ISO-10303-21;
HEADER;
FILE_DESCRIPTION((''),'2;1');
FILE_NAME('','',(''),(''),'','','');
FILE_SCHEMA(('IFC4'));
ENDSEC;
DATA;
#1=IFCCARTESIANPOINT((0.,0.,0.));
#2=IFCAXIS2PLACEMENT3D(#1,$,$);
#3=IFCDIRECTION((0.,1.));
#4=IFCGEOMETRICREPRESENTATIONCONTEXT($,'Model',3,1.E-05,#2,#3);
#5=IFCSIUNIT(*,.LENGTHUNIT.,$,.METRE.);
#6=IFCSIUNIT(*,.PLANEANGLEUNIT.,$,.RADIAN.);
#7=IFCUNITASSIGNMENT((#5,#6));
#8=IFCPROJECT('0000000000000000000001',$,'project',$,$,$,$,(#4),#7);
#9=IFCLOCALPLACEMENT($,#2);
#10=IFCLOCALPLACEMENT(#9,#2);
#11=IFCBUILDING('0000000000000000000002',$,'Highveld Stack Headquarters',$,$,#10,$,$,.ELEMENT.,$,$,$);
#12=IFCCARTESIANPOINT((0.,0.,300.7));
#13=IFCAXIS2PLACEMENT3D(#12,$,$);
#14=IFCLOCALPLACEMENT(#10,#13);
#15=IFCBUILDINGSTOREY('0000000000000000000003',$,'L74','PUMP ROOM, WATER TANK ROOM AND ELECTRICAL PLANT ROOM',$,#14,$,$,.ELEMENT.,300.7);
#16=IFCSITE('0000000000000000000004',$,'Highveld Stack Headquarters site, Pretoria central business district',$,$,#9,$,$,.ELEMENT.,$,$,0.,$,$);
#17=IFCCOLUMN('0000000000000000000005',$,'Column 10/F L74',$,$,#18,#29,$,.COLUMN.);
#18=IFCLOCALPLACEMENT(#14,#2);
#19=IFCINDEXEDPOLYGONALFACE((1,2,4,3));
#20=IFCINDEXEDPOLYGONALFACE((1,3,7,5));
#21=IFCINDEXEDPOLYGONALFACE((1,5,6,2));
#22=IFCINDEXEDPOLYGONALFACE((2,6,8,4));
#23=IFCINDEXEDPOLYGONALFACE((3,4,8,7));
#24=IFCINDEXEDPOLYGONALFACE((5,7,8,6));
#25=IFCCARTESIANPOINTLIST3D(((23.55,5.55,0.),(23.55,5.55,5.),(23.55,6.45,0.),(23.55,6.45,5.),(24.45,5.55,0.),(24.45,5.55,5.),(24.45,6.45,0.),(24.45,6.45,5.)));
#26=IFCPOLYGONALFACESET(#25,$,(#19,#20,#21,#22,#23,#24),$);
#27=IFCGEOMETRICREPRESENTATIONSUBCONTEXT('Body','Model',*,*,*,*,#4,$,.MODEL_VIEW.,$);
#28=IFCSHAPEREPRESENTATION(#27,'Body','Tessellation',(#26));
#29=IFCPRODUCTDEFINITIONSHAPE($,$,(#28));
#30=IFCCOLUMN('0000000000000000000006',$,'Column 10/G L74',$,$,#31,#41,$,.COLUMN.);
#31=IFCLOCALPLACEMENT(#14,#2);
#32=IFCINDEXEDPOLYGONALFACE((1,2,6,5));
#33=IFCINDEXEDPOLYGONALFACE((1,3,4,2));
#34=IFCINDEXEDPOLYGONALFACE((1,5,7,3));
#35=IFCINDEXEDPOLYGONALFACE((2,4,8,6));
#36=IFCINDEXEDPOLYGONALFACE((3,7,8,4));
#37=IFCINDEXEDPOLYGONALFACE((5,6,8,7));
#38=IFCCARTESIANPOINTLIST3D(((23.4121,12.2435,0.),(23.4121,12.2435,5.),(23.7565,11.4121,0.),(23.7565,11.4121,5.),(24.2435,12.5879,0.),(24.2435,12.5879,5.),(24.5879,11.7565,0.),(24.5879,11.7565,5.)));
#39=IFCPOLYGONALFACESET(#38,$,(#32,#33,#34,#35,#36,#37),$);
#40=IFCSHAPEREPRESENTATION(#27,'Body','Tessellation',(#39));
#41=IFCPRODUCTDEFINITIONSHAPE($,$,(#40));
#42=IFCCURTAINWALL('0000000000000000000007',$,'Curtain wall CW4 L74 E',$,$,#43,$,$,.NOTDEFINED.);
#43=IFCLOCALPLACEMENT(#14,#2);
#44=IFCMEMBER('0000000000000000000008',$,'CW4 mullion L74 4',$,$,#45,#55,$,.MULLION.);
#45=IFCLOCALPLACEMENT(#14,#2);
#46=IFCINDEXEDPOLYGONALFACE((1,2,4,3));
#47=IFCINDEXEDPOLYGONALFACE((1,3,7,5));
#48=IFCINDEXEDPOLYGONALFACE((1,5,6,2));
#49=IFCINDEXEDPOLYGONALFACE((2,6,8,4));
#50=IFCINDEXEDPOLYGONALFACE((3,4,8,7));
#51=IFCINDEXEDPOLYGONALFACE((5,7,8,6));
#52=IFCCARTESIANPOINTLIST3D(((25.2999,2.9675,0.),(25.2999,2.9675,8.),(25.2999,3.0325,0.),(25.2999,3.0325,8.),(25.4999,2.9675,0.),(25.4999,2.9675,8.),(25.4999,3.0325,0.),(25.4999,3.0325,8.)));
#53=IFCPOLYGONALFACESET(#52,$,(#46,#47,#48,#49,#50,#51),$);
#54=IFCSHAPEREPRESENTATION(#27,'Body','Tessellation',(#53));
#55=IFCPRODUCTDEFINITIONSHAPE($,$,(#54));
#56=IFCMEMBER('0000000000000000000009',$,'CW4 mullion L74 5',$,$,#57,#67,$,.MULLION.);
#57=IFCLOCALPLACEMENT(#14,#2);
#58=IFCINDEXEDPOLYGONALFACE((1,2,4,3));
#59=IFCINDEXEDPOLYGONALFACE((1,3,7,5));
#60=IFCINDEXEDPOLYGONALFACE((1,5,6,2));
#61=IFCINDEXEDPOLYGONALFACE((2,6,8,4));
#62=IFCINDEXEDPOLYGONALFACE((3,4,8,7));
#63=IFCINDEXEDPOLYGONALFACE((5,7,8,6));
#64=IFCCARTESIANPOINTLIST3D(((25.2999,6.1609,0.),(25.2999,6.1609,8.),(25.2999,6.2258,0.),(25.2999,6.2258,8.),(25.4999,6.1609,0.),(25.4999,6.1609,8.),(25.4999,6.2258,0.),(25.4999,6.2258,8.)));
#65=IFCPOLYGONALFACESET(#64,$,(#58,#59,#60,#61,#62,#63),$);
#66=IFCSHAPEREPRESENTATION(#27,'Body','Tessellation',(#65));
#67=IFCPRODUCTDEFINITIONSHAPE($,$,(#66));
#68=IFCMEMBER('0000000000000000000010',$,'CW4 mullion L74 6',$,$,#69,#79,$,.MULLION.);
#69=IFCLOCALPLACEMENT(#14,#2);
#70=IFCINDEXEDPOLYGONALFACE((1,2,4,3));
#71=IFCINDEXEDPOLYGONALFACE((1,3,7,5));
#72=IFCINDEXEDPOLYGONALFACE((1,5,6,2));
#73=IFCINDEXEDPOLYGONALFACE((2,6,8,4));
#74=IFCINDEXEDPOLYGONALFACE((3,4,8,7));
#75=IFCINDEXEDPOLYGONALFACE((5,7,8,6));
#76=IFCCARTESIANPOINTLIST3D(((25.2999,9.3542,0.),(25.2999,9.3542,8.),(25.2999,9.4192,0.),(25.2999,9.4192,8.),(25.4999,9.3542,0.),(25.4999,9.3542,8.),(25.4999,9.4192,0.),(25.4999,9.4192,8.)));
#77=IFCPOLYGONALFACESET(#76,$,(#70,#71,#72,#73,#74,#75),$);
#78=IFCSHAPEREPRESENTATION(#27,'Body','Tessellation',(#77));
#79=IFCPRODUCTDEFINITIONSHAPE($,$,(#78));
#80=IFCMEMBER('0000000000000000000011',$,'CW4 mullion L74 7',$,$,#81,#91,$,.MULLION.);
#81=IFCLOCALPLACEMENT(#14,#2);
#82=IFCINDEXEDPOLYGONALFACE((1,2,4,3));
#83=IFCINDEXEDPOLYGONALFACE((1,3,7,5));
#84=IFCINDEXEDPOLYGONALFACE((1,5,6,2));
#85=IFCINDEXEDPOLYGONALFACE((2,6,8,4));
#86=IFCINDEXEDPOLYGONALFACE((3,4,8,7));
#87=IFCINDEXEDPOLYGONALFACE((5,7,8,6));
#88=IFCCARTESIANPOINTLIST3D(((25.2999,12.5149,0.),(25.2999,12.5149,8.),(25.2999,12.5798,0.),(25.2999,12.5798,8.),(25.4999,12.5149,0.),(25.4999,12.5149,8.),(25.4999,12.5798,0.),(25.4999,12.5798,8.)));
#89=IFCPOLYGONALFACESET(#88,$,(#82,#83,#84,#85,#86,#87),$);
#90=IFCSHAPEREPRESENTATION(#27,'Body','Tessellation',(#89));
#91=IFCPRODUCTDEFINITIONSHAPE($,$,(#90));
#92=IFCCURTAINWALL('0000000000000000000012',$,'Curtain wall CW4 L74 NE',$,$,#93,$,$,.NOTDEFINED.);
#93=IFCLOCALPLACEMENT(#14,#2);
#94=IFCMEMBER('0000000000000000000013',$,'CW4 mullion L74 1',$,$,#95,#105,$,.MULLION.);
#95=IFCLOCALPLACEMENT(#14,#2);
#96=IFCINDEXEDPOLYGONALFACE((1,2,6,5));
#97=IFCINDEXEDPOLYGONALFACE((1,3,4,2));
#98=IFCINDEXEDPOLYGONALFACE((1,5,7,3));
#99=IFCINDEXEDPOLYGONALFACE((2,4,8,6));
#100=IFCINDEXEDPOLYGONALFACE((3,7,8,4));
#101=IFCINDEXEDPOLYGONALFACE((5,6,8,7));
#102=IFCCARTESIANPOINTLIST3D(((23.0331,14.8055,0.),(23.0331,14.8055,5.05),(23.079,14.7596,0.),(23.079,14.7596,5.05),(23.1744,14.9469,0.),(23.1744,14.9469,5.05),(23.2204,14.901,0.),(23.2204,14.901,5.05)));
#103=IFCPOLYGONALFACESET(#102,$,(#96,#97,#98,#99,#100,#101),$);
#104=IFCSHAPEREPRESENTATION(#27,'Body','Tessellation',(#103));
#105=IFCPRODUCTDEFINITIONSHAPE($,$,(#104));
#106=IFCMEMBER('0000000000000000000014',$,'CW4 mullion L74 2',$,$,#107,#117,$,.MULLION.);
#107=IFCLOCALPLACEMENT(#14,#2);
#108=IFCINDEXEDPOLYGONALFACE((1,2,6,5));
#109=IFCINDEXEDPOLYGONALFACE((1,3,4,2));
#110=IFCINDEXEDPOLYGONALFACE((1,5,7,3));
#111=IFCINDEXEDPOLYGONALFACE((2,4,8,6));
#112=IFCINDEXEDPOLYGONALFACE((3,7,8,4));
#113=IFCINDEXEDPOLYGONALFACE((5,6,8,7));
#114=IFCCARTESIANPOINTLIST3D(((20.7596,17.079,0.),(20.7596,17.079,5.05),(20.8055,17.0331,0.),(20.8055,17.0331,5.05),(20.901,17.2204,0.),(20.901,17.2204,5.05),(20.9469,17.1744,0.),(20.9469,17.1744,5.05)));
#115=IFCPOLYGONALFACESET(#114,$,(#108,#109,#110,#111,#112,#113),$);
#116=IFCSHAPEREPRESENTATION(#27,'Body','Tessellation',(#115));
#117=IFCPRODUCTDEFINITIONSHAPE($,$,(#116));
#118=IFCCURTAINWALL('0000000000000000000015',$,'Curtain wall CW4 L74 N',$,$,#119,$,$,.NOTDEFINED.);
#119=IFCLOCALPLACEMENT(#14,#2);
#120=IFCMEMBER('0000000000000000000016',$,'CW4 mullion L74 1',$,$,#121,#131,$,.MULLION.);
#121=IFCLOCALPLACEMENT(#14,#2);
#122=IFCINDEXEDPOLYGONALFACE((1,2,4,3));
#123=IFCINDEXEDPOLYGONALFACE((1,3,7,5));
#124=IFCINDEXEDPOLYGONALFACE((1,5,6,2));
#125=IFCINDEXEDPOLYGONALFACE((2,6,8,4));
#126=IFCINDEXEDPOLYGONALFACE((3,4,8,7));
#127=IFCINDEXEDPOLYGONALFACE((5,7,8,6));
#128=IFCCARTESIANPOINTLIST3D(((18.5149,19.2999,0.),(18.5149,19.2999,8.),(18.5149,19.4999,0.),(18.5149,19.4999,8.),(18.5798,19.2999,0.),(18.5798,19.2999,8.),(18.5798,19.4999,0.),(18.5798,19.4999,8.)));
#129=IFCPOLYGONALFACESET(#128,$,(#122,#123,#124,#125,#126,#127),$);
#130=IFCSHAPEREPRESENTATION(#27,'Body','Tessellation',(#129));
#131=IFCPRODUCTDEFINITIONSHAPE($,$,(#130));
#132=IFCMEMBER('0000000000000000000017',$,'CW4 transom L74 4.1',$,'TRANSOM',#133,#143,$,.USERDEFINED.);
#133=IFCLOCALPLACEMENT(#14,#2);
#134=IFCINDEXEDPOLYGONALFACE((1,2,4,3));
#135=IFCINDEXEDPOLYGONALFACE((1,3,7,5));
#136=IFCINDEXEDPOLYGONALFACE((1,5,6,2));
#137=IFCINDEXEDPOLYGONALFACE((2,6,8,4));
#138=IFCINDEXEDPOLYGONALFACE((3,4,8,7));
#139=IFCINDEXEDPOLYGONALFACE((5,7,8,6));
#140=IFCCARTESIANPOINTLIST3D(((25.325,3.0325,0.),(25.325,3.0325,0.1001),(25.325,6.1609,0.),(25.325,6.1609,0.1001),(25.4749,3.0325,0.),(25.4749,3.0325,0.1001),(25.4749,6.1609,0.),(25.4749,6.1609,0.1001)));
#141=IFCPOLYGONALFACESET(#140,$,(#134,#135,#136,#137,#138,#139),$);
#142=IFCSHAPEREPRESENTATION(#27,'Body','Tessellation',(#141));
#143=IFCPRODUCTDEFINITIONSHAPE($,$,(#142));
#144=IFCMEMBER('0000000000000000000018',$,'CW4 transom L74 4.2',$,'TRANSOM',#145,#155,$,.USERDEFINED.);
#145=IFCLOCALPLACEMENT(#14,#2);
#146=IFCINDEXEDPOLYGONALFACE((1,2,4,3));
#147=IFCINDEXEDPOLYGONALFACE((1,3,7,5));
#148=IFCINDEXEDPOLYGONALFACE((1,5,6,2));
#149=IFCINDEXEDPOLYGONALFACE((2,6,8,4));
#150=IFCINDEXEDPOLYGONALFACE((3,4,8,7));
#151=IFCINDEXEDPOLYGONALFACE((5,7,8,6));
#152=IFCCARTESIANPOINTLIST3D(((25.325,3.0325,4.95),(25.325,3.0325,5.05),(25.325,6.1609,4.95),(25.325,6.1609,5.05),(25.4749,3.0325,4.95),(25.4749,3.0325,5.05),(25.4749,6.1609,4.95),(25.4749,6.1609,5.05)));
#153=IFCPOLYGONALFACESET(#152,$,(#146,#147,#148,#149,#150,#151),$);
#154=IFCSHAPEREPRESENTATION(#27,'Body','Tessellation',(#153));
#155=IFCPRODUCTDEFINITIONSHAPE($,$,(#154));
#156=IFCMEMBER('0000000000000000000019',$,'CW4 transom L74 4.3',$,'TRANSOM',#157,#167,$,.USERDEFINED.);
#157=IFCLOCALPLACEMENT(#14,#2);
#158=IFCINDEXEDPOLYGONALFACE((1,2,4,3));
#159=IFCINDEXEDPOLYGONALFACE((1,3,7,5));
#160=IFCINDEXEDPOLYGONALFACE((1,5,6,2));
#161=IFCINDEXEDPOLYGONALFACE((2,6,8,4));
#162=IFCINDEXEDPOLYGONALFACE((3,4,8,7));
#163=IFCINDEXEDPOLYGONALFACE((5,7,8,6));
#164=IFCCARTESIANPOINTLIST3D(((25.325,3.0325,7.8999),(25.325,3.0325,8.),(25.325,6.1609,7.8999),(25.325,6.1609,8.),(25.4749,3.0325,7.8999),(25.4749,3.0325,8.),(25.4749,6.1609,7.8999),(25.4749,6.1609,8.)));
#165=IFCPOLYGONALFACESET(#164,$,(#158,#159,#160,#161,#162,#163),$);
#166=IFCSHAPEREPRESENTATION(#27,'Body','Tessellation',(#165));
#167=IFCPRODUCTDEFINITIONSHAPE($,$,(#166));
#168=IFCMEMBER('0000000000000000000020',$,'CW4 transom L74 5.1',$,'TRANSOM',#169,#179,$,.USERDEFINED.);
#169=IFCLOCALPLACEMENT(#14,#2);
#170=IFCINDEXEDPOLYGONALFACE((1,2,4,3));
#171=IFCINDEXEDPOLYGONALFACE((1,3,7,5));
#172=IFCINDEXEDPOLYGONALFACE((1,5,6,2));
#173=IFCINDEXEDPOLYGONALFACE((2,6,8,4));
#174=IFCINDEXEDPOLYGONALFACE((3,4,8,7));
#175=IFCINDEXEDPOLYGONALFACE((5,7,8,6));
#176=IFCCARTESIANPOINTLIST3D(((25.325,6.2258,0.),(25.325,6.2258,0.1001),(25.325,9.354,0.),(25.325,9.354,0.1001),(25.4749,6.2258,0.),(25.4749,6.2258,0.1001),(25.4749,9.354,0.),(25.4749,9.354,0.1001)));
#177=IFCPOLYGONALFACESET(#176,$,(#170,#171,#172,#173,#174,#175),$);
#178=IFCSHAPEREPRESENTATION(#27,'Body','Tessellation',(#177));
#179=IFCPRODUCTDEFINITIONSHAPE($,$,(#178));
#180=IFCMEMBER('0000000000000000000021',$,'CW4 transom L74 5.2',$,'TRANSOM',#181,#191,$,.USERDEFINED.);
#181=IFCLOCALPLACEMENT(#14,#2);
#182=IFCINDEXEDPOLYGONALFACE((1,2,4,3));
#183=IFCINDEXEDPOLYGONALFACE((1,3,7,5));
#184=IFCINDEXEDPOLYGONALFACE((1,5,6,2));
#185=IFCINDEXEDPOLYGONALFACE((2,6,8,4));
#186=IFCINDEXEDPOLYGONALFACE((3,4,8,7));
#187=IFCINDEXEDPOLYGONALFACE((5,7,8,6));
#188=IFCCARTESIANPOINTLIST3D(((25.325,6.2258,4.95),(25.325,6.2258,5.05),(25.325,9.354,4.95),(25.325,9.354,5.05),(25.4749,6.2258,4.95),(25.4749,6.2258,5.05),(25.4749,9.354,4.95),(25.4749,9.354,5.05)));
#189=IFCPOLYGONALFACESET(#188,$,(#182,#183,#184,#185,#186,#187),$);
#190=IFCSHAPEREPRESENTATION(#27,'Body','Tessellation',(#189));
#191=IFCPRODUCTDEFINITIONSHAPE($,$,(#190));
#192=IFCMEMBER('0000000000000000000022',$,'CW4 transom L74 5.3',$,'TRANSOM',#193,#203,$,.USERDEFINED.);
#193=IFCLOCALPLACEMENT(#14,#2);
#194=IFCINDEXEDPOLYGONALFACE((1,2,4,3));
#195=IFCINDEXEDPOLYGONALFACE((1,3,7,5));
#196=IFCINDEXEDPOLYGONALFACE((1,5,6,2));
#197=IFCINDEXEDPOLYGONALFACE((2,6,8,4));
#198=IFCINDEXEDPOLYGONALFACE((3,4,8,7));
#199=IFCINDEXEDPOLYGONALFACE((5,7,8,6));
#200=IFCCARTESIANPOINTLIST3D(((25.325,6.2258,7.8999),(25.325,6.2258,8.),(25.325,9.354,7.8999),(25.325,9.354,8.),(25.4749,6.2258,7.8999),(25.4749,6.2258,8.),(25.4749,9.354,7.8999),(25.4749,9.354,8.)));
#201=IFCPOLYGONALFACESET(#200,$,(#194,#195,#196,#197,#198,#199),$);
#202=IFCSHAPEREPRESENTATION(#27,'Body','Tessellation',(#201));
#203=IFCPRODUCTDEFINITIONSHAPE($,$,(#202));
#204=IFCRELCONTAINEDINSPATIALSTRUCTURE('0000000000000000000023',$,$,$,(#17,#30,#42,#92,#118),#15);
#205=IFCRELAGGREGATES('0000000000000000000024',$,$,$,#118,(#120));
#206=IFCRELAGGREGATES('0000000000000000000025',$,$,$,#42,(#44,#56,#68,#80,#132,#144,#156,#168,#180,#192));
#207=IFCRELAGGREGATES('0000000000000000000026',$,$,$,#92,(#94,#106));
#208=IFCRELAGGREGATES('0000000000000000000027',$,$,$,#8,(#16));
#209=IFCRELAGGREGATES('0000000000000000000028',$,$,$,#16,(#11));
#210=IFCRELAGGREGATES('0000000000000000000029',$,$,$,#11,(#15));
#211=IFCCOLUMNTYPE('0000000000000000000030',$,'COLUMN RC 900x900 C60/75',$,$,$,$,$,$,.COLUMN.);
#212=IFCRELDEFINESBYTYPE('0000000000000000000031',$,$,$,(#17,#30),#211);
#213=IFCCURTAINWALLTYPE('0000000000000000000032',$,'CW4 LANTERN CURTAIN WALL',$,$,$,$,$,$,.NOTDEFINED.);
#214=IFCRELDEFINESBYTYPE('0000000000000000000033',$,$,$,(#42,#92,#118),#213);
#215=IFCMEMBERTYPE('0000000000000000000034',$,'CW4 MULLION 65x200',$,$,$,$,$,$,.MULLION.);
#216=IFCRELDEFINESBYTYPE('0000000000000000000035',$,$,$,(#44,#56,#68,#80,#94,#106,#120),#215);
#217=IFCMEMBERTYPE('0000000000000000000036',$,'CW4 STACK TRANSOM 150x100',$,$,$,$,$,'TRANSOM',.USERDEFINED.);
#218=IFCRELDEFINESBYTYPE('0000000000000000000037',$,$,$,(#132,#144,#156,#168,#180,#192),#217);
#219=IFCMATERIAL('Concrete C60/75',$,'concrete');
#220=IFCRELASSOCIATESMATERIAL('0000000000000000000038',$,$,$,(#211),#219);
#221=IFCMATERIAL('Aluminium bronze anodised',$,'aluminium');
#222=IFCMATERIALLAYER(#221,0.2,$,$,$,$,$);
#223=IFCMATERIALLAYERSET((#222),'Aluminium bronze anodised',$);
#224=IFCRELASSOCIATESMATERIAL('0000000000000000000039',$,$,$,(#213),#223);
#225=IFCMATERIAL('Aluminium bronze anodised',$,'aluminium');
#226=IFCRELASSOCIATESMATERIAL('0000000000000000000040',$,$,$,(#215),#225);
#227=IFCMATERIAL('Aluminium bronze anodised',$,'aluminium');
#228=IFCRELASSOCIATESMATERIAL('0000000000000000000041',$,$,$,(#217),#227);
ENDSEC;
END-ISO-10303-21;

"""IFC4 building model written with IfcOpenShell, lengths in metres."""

from ifc_helpers import new_model, si_unit, direction, frame, origin, origin_2d, place, context, subcontext, project, spatial, rectangle, extrude, material, layer, layer_set, material_profile, profile_set, type_object, element, aggregate, save


model = new_model("IFC4")

# Units and contexts
model_context = context("Model", 3, precision=1e-05, world=origin(), true_north=direction((0.0, 1.0)))
body_context = subcontext(model_context, "Body", "Model", "MODEL_VIEW")
ifc_project = project(units=[si_unit("LENGTHUNIT", "METRE"), si_unit("PLANEANGLEUNIT", "RADIAN")], contexts=[model_context])

# Site, building, storey
site_placement = place(None, origin())
site = spatial("IfcSite", under=ifc_project, at=site_placement, Name="Highveld Stack Headquarters site, Pretoria central business district", CompositionType="ELEMENT", RefElevation=0.0)
building_placement = place(site_placement, origin())
building = spatial("IfcBuilding", under=site, at=building_placement, Name="Highveld Stack Headquarters", CompositionType="ELEMENT")
storey_placement = place(building_placement, frame((0.0, 0.0, 300.7)))
storey = spatial("IfcBuildingStorey", under=building, at=storey_placement, Name="L74", Description="PUMP ROOM, WATER TANK ROOM AND ELECTRICAL PLANT ROOM", CompositionType="ELEMENT", Elevation=300.7)

# Columns
ifc_material_1 = material(Name="Concrete C60/75", Category="concrete")
ifc_material_profile_1 = material_profile(ifc_material_1, rectangle(XDim=0.8999, YDim=0.8999, at=origin_2d()), Name="RC 900x900")
ifc_profile_set_1 = profile_set([ifc_material_profile_1], Name="Concrete C60/75")
column_type = type_object("IfcColumnType", Name="COLUMN RC 900x900 C60/75", PredefinedType="COLUMN", material=ifc_profile_set_1)
for number, where, z_axis, x_axis, name in (
    (1, (24.0, 6.0, 0.0), (0.0, 0.0, 1.0), (0.0, 1.0, 0.0), "Column 10/F L74"),
    (2, (24.0, 12.0, 0.0), (0.0, 0.0, 1.0), (0.382683, -0.92388, 0.0), "Column 10/G L74"),
):
    element("IfcColumn", number, at=place(storey_placement, frame(where, z_axis=z_axis, x_axis=x_axis)), inside=storey, type_object=column_type, Name=name, PredefinedType="COLUMN", context=body_context, shape_type="SweptSolid", body=[
        extrude(rectangle(XDim=0.8999, YDim=0.8999, at=origin_2d()), origin(), (0.0, 0.0, 1.0), 5.0),
    ])

# Curtain walls, members
ifc_material_2 = material(Name="Aluminium bronze anodised", Category="aluminium")
ifc_layer_1 = layer(ifc_material_2, 0.2)
ifc_layer_set_1 = layer_set([ifc_layer_1], Name="Aluminium bronze anodised")
curtain_wall_type = type_object("IfcCurtainWallType", Name="CW4 LANTERN CURTAIN WALL", PredefinedType="NOTDEFINED", material=ifc_layer_set_1)
curtain_wall_1_placement = place(storey_placement, origin())
curtain_wall_1 = element("IfcCurtainWall", 3, at=curtain_wall_1_placement, inside=storey, type_object=curtain_wall_type, Name="Curtain wall CW4 L74 E", PredefinedType="NOTDEFINED")
ifc_material_3 = material(Name="Aluminium bronze anodised", Category="aluminium")
ifc_material_profile_2 = material_profile(ifc_material_3, rectangle(XDim=0.2, YDim=0.0649, at=origin_2d()), Name="CW4 MULLION 65x200")
ifc_profile_set_2 = profile_set([ifc_material_profile_2], Name="Aluminium bronze anodised")
member_type_1 = type_object("IfcMemberType", Name="CW4 MULLION 65x200", PredefinedType="MULLION", material=ifc_profile_set_2)
member_1_placement = place(storey_placement, frame((25.3999, 3.0, 0.0), z_axis=(0.0, 0.0, 1.0), x_axis=(-1.0, 0.0, 0.0)))
member_1 = element("IfcMember", 4, at=member_1_placement, type_object=member_type_1, Name="CW4 mullion L74 4", PredefinedType="MULLION", context=body_context, shape_type="SweptSolid", body=[
    extrude(rectangle(XDim=0.2, YDim=0.0649, at=origin_2d()), origin(), (0.0, 0.0, 1.0), 8.0),
])
member_2_placement = place(storey_placement, frame((25.3999, 6.1934, 0.0), z_axis=(0.0, 0.0, 1.0), x_axis=(-1.0, 0.0, 0.0)))
member_2 = element("IfcMember", 5, at=member_2_placement, type_object=member_type_1, Name="CW4 mullion L74 5", PredefinedType="MULLION", context=body_context, shape_type="SweptSolid", body=[
    extrude(rectangle(XDim=0.2, YDim=0.0649, at=origin_2d()), origin(), (0.0, 0.0, 1.0), 8.0),
])
member_3_placement = place(storey_placement, frame((25.3999, 9.3867, 0.0), z_axis=(0.0, 0.0, 1.0), x_axis=(-1.0, 0.0, 0.0)))
member_3 = element("IfcMember", 6, at=member_3_placement, type_object=member_type_1, Name="CW4 mullion L74 6", PredefinedType="MULLION", context=body_context, shape_type="SweptSolid", body=[
    extrude(rectangle(XDim=0.2, YDim=0.0649, at=origin_2d()), origin(), (0.0, 0.0, 1.0), 8.0),
])
member_4_placement = place(storey_placement, frame((25.3999, 12.5474, 0.0), z_axis=(0.0, 0.0, 1.0), x_axis=(-1.0, 0.0, 0.0)))
member_4 = element("IfcMember", 7, at=member_4_placement, type_object=member_type_1, Name="CW4 mullion L74 7", PredefinedType="MULLION", context=body_context, shape_type="SweptSolid", body=[
    extrude(rectangle(XDim=0.2, YDim=0.0649, at=origin_2d()), origin(), (0.0, 0.0, 1.0), 8.0),
])
curtain_wall_2_placement = place(storey_placement, origin())
curtain_wall_2 = element("IfcCurtainWall", 8, at=curtain_wall_2_placement, inside=storey, type_object=curtain_wall_type, Name="Curtain wall CW4 L74 NE", PredefinedType="NOTDEFINED")
member_5_placement = place(storey_placement, frame((23.1267, 14.8533, 0.0), z_axis=(0.0, 0.0, 1.0), x_axis=(-0.707107, -0.707107, 0.0)))
member_5 = element("IfcMember", 9, at=member_5_placement, type_object=member_type_1, Name="CW4 mullion L74 1", PredefinedType="MULLION", context=body_context, shape_type="SweptSolid", body=[
    extrude(rectangle(XDim=0.2, YDim=0.0649, at=origin_2d()), origin(), (0.0, 0.0, 1.0), 5.05),
])
member_6_placement = place(storey_placement, frame((20.8533, 17.1267, 0.0), z_axis=(0.0, 0.0, 1.0), x_axis=(-0.707107, -0.707107, 0.0)))
member_6 = element("IfcMember", 10, at=member_6_placement, type_object=member_type_1, Name="CW4 mullion L74 2", PredefinedType="MULLION", context=body_context, shape_type="SweptSolid", body=[
    extrude(rectangle(XDim=0.2, YDim=0.0649, at=origin_2d()), origin(), (0.0, 0.0, 1.0), 5.05),
])

# Curtain wall, member
curtain_wall_3_placement = place(storey_placement, origin())
curtain_wall_3 = element("IfcCurtainWall", 11, at=curtain_wall_3_placement, inside=storey, type_object=curtain_wall_type, Name="Curtain wall CW4 L74 N", PredefinedType="NOTDEFINED")
member_7_placement = place(storey_placement, frame((18.5474, 19.3999, 0.0), z_axis=(0.0, 0.0, 1.0), x_axis=(0.0, -1.0, 0.0)))
member_7 = element("IfcMember", 12, at=member_7_placement, type_object=member_type_1, Name="CW4 mullion L74 1", PredefinedType="MULLION", context=body_context, shape_type="SweptSolid", body=[
    extrude(rectangle(XDim=0.2, YDim=0.0649, at=origin_2d()), origin(), (0.0, 0.0, 1.0), 8.0),
])

# Members
ifc_material_4 = material(Name="Aluminium bronze anodised", Category="aluminium")
ifc_material_profile_3 = material_profile(ifc_material_4, rectangle(XDim=0.1499, YDim=0.1001, at=origin_2d()), Name="CW4 TRANSOM 150x100")
ifc_profile_set_3 = profile_set([ifc_material_profile_3], Name="Aluminium bronze anodised")
member_type_2 = type_object("IfcMemberType", Name="CW4 STACK TRANSOM 150x100", ElementType="TRANSOM", PredefinedType="USERDEFINED", material=ifc_profile_set_3)
member_8_placement = place(storey_placement, frame((25.3999, 3.0325, 0.05), z_axis=(0.0, 1.0, 0.0), x_axis=(-1.0, 0.0, 0.0)))
member_8 = element("IfcMember", 13, at=member_8_placement, type_object=member_type_2, Name="CW4 transom L74 4.1", ObjectType="TRANSOM", PredefinedType="USERDEFINED", context=body_context, shape_type="SweptSolid", body=[
    extrude(rectangle(XDim=0.1499, YDim=0.1001, at=origin_2d()), origin(), (0.0, 0.0, 1.0), 3.1284),
])
member_9_placement = place(storey_placement, frame((25.3999, 3.0325, 5.0), z_axis=(0.0, 1.0, 0.0), x_axis=(-1.0, 0.0, 0.0)))
member_9 = element("IfcMember", 14, at=member_9_placement, type_object=member_type_2, Name="CW4 transom L74 4.2", ObjectType="TRANSOM", PredefinedType="USERDEFINED", context=body_context, shape_type="SweptSolid", body=[
    extrude(rectangle(XDim=0.1499, YDim=0.1001, at=origin_2d()), origin(), (0.0, 0.0, 1.0), 3.1284),
])
member_10_placement = place(storey_placement, frame((25.3999, 3.0325, 7.95), z_axis=(0.0, 1.0, 0.0), x_axis=(-1.0, 0.0, 0.0)))
member_10 = element("IfcMember", 15, at=member_10_placement, type_object=member_type_2, Name="CW4 transom L74 4.3", ObjectType="TRANSOM", PredefinedType="USERDEFINED", context=body_context, shape_type="SweptSolid", body=[
    extrude(rectangle(XDim=0.1499, YDim=0.1001, at=origin_2d()), origin(), (0.0, 0.0, 1.0), 3.1284),
])
member_11_placement = place(storey_placement, frame((25.3999, 6.2258, 0.05), z_axis=(0.0, 1.0, 0.0), x_axis=(-1.0, 0.0, 0.0)))
member_11 = element("IfcMember", 16, at=member_11_placement, type_object=member_type_2, Name="CW4 transom L74 5.1", ObjectType="TRANSOM", PredefinedType="USERDEFINED", context=body_context, shape_type="SweptSolid", body=[
    extrude(rectangle(XDim=0.1499, YDim=0.1001, at=origin_2d()), origin(), (0.0, 0.0, 1.0), 3.1282),
])
member_12_placement = place(storey_placement, frame((25.3999, 6.2258, 5.0), z_axis=(0.0, 1.0, 0.0), x_axis=(-1.0, 0.0, 0.0)))
member_12 = element("IfcMember", 17, at=member_12_placement, type_object=member_type_2, Name="CW4 transom L74 5.2", ObjectType="TRANSOM", PredefinedType="USERDEFINED", context=body_context, shape_type="SweptSolid", body=[
    extrude(rectangle(XDim=0.1499, YDim=0.1001, at=origin_2d()), origin(), (0.0, 0.0, 1.0), 3.1282),
])
member_13_placement = place(storey_placement, frame((25.3999, 6.2258, 7.95), z_axis=(0.0, 1.0, 0.0), x_axis=(-1.0, 0.0, 0.0)))
member_13 = element("IfcMember", 18, at=member_13_placement, type_object=member_type_2, Name="CW4 transom L74 5.3", ObjectType="TRANSOM", PredefinedType="USERDEFINED", context=body_context, shape_type="SweptSolid", body=[
    extrude(rectangle(XDim=0.1499, YDim=0.1001, at=origin_2d()), origin(), (0.0, 0.0, 1.0), 3.1282),
])
aggregate(curtain_wall_3, [member_7])

aggregate(curtain_wall_1, [member_1, member_2, member_3, member_4, member_8, member_9, member_10, member_11, member_12, member_13])
aggregate(curtain_wall_2, [member_5, member_6])

save(model, "model.ifc")
